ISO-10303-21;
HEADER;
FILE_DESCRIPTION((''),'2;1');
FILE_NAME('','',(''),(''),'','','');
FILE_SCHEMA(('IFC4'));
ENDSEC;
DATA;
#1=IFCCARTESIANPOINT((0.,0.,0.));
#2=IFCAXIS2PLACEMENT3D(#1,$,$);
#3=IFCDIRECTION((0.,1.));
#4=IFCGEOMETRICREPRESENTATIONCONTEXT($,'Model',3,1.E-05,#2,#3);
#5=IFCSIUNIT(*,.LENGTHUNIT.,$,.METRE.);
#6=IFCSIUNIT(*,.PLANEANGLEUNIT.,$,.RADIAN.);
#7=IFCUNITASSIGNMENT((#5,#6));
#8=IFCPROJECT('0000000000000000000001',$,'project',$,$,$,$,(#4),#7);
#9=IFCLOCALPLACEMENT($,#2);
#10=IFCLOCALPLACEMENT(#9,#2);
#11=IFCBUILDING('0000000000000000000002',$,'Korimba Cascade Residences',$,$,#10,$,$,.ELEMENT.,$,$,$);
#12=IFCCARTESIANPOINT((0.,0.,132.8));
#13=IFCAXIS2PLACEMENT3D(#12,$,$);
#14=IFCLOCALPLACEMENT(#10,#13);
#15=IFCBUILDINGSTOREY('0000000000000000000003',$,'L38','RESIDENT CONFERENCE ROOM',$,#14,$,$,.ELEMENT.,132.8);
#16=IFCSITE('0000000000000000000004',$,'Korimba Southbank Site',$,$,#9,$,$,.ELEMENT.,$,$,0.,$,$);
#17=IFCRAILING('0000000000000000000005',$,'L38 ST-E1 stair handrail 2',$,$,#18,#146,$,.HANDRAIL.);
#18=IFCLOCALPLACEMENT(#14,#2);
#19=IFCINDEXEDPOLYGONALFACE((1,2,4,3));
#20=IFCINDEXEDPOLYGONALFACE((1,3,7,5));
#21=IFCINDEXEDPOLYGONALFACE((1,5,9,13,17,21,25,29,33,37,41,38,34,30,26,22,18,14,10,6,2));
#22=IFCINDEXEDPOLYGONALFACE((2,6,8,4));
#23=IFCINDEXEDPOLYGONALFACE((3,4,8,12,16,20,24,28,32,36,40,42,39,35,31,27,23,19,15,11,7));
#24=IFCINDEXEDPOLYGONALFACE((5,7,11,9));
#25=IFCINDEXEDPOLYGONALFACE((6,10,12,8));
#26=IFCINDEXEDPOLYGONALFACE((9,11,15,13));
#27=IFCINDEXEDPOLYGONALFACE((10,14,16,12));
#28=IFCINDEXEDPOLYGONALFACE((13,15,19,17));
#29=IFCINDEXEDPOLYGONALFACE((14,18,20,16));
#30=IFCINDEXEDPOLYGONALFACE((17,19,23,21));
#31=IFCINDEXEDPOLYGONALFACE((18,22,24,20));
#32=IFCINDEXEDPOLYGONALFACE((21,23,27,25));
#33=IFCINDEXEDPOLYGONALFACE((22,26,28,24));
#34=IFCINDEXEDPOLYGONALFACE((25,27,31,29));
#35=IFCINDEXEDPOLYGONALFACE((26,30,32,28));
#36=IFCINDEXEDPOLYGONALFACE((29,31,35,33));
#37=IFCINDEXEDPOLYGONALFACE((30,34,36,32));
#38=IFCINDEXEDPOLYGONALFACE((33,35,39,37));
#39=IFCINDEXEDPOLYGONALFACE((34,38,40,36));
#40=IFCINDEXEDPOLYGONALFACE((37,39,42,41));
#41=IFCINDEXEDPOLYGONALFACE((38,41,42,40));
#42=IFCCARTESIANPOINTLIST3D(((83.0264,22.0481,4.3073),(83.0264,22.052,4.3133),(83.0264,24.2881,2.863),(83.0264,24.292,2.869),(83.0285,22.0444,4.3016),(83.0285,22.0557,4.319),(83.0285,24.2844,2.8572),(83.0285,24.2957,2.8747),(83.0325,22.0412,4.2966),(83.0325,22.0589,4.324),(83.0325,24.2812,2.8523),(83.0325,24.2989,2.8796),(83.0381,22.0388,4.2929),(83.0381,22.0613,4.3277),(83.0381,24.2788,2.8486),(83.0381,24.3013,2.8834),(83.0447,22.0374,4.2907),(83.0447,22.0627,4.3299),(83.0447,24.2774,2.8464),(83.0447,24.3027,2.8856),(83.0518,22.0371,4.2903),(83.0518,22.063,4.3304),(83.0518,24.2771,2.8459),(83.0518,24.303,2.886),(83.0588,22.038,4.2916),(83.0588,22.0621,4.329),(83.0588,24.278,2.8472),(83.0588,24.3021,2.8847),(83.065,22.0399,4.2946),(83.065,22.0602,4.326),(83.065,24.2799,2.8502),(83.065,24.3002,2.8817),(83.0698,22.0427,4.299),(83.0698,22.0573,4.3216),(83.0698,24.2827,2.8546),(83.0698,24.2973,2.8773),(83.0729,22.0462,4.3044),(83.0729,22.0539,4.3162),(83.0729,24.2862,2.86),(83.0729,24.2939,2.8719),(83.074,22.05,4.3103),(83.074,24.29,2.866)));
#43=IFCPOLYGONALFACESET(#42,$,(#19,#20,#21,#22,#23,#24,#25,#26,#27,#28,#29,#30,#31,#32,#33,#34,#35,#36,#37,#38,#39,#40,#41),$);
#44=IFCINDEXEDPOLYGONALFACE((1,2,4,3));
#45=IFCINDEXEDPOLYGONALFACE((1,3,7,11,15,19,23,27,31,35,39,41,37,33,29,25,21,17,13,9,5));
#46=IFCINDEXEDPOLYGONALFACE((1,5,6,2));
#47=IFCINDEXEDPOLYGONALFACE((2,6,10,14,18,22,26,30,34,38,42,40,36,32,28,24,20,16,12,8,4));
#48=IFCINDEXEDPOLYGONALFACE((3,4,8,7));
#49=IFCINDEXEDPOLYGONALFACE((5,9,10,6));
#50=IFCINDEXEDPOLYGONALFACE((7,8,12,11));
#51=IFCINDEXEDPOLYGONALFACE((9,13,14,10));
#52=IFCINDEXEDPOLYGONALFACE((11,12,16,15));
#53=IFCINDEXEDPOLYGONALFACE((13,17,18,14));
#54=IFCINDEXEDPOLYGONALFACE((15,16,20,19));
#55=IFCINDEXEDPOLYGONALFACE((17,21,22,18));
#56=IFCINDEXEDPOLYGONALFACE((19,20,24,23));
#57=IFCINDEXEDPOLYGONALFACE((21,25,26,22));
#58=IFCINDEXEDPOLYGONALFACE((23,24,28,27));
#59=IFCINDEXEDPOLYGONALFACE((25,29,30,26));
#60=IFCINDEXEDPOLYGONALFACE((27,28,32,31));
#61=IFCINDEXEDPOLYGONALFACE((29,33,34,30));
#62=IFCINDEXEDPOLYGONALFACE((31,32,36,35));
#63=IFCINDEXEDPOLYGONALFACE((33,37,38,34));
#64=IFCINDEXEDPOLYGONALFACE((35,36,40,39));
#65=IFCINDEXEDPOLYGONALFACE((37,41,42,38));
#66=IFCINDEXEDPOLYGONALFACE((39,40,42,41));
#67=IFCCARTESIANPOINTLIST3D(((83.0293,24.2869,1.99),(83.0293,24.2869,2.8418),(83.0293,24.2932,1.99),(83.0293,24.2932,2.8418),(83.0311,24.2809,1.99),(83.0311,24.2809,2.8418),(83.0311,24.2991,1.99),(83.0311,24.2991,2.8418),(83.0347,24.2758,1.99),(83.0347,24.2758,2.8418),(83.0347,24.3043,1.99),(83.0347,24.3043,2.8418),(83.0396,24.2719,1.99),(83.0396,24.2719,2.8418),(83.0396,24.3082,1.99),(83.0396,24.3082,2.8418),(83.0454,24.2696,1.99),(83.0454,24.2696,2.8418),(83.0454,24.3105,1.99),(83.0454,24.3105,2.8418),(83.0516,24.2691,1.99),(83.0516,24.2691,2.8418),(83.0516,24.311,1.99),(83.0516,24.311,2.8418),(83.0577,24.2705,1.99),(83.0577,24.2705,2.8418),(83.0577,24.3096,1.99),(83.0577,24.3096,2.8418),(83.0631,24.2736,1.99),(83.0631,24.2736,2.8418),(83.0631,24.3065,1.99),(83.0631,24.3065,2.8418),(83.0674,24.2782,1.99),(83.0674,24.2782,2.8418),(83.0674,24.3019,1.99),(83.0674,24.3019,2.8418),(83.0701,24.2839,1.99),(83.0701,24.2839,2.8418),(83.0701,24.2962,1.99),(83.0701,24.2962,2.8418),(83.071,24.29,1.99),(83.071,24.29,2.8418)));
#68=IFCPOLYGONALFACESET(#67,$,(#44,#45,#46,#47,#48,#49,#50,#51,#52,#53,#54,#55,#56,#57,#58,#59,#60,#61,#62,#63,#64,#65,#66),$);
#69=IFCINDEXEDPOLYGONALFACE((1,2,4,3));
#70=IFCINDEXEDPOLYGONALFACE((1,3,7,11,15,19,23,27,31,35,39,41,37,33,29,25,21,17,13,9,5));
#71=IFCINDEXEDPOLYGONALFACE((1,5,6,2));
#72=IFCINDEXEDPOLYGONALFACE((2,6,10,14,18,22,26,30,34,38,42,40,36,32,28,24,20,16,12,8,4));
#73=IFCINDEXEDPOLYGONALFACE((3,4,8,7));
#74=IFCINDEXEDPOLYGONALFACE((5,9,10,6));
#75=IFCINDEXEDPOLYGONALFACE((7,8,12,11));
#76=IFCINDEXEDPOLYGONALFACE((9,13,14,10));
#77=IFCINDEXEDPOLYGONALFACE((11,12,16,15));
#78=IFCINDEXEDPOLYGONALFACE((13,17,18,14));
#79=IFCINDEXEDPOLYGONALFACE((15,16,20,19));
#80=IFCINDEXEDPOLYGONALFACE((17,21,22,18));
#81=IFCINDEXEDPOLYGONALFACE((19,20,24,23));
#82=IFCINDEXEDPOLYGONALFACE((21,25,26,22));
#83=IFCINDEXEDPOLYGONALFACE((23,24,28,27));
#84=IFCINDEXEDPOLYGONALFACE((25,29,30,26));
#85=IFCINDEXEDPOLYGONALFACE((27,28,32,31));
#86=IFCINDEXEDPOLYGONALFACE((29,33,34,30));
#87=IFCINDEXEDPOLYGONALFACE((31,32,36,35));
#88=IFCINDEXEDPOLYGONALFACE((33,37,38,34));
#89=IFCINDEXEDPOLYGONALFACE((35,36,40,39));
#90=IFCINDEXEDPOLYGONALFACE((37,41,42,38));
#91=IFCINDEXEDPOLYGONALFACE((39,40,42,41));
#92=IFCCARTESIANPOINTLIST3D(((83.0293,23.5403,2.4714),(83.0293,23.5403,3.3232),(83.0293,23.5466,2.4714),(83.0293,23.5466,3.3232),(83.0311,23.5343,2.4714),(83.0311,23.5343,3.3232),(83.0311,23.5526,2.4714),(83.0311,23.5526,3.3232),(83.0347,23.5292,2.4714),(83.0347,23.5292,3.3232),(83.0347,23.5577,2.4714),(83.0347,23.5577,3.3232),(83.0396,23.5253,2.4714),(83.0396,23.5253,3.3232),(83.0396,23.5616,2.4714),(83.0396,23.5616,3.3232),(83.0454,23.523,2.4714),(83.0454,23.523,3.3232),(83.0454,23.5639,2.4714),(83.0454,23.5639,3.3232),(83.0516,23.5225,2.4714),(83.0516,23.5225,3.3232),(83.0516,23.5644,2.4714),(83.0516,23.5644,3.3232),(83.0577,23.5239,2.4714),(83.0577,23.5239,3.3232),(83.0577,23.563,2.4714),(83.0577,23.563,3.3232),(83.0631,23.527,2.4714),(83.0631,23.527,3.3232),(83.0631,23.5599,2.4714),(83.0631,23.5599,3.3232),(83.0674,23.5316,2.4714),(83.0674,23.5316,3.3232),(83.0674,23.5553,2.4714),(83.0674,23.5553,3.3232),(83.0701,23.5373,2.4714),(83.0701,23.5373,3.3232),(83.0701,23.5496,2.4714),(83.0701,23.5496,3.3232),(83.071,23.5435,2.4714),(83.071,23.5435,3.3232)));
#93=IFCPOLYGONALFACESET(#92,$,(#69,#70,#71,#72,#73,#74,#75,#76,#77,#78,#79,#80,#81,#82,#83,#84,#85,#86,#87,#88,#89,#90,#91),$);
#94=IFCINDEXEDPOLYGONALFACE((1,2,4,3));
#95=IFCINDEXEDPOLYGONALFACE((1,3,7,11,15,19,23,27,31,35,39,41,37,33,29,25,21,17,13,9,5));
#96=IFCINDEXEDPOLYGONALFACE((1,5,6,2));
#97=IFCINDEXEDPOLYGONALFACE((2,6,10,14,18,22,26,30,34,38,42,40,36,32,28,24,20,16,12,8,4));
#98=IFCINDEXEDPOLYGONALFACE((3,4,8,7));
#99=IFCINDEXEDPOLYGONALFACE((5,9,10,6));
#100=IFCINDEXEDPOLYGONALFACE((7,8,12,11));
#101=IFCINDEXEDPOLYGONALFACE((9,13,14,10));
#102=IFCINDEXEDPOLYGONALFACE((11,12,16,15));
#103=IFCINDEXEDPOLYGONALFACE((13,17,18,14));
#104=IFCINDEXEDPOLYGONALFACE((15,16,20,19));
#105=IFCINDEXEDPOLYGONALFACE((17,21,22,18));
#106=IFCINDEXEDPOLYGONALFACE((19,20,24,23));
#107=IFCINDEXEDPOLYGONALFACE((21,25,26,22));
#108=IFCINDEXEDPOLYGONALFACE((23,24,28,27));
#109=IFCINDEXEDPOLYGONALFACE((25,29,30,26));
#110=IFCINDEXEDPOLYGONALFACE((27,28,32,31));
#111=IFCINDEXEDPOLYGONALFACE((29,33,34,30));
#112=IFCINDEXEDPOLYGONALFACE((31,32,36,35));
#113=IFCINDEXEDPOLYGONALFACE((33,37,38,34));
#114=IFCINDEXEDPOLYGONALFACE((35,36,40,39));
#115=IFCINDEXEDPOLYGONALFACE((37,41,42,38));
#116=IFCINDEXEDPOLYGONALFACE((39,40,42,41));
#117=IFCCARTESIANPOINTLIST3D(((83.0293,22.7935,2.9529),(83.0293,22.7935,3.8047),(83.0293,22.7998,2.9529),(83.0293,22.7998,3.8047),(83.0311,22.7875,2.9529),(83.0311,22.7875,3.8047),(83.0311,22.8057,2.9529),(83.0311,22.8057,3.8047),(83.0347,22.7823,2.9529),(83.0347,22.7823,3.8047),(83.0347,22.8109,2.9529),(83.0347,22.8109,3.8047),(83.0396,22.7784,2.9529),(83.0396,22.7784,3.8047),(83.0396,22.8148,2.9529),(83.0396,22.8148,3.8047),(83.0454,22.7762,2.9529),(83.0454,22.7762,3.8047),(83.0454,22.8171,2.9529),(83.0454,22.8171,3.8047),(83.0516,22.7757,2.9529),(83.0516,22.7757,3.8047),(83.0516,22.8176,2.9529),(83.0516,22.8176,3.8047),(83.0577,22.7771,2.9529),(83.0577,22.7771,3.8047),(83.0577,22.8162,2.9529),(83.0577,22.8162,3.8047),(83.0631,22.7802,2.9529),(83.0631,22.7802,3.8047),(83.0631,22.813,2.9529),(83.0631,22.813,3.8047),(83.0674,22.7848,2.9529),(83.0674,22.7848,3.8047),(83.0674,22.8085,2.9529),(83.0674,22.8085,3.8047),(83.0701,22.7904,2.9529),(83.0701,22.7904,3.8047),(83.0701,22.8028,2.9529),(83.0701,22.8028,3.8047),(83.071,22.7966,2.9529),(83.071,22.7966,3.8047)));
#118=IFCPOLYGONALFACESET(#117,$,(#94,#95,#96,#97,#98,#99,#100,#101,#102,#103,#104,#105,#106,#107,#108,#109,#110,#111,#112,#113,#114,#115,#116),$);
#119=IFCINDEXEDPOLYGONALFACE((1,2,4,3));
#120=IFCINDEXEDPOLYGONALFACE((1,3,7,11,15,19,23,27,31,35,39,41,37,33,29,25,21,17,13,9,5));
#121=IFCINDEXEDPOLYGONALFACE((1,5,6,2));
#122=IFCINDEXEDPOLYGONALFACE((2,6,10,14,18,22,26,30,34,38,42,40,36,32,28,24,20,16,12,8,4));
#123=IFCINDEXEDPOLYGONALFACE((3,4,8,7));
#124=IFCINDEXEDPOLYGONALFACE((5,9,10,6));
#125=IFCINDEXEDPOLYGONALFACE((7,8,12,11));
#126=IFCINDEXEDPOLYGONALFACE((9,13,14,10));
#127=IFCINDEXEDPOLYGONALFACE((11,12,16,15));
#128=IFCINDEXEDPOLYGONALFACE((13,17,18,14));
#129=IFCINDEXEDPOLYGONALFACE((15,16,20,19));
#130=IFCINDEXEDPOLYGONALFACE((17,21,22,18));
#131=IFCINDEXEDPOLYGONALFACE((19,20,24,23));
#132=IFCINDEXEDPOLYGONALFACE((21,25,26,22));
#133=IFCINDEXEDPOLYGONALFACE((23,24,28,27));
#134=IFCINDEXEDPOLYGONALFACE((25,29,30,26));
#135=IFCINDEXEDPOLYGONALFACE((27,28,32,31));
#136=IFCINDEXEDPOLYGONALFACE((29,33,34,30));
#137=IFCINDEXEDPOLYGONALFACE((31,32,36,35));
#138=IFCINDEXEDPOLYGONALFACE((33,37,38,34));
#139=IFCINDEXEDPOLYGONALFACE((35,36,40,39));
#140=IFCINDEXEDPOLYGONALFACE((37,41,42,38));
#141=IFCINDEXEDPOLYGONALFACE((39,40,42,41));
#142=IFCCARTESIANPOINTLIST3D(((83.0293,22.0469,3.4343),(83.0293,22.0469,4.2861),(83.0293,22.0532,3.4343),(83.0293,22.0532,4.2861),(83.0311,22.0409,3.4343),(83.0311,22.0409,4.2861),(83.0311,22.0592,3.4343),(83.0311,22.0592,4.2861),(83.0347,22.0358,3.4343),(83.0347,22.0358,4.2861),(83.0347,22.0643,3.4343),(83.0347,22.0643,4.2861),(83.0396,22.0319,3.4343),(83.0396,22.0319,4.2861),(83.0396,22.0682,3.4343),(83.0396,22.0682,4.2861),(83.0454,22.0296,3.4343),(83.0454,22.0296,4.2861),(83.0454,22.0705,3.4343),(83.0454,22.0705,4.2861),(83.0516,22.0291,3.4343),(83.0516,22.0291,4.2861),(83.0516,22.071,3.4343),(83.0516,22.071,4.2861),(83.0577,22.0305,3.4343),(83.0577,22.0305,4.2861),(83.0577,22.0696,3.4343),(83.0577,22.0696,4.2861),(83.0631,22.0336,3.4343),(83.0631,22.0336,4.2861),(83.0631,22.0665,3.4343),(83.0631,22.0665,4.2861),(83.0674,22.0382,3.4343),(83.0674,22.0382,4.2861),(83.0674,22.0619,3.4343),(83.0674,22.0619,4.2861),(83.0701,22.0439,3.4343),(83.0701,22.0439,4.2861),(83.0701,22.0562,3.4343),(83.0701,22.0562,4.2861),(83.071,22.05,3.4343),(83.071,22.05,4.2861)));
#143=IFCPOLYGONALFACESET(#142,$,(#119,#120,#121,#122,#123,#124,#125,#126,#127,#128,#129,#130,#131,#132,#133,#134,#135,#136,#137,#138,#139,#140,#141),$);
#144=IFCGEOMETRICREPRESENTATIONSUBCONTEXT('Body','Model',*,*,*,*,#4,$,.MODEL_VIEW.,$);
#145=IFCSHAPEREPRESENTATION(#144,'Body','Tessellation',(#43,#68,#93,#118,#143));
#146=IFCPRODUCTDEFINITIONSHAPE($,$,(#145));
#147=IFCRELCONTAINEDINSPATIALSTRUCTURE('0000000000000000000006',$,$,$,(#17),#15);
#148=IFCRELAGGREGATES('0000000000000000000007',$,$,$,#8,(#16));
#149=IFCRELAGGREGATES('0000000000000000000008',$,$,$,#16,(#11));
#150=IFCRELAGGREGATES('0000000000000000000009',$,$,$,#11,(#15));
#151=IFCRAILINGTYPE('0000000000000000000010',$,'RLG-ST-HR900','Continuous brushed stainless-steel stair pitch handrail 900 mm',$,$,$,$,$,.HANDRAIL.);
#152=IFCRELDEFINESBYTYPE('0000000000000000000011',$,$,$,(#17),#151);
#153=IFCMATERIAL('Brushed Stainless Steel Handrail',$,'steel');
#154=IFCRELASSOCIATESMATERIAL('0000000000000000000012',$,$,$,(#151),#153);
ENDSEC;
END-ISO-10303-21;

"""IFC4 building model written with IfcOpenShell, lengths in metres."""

from ifc_helpers import new_model, si_unit, direction, frame, origin, origin_2d, place, context, subcontext, project, spatial, circle, extrude, material, type_object, element, save


model = new_model("IFC4")

# Units and contexts
model_context = context("Model", 3, precision=1e-05, world=origin(), true_north=direction((0.0, 1.0)))
body_context = subcontext(model_context, "Body", "Model", "MODEL_VIEW")
ifc_project = project(units=[si_unit("LENGTHUNIT", "METRE"), si_unit("PLANEANGLEUNIT", "RADIAN")], contexts=[model_context])

# Site, building, storey
site_placement = place(None, origin())
site = spatial("IfcSite", under=ifc_project, at=site_placement, Name="Korimba Southbank Site", CompositionType="ELEMENT", RefElevation=0.0)
building_placement = place(site_placement, origin())
building = spatial("IfcBuilding", under=site, at=building_placement, Name="Korimba Cascade Residences", CompositionType="ELEMENT")
storey_placement = place(building_placement, frame((0.0, 0.0, 132.8)))
storey = spatial("IfcBuildingStorey", under=building, at=storey_placement, Name="L38", Description="RESIDENT CONFERENCE ROOM", CompositionType="ELEMENT", Elevation=132.8)

# Railing
ifc_material_1 = material(Name="Brushed Stainless Steel Handrail", Category="steel")
railing_type_1 = type_object("IfcRailingType", Name="RLG-ST-HR900", Description="Continuous brushed stainless-steel stair pitch handrail 900 mm", PredefinedType="HANDRAIL", material=ifc_material_1)
railing_1_placement = place(storey_placement, frame((83.05, 24.29, 1.99)))
element("IfcRailing", 1, at=railing_1_placement, inside=storey, type_object=railing_type_1, Name="L38 ST-E1 stair handrail 2", PredefinedType="HANDRAIL", context=body_context, shape_type="SweptSolid", body=[
    extrude(circle(Radius=0.0239, at=origin_2d()), frame((0.0, 0.0, 0.876), z_axis=(0.0, -0.840437, 0.54191), x_axis=(1.0, 0.0, 0.0)), (0.0, 0.0, 1.0), 2.6653),
    extrude(circle(Radius=0.021, at=origin_2d()), origin(), (0.0, 0.0, 1.0), 0.8518),
    extrude(circle(Radius=0.021, at=origin_2d()), frame((0.0, -0.7466, 0.4814)), (0.0, 0.0, 1.0), 0.8518),
    extrude(circle(Radius=0.021, at=origin_2d()), frame((0.0, -1.4934, 0.9629)), (0.0, 0.0, 1.0), 0.8518),
    extrude(circle(Radius=0.021, at=origin_2d()), frame((0.0, -2.24, 1.4443)), (0.0, 0.0, 1.0), 0.8518),
])

save(model, "model.ifc")
